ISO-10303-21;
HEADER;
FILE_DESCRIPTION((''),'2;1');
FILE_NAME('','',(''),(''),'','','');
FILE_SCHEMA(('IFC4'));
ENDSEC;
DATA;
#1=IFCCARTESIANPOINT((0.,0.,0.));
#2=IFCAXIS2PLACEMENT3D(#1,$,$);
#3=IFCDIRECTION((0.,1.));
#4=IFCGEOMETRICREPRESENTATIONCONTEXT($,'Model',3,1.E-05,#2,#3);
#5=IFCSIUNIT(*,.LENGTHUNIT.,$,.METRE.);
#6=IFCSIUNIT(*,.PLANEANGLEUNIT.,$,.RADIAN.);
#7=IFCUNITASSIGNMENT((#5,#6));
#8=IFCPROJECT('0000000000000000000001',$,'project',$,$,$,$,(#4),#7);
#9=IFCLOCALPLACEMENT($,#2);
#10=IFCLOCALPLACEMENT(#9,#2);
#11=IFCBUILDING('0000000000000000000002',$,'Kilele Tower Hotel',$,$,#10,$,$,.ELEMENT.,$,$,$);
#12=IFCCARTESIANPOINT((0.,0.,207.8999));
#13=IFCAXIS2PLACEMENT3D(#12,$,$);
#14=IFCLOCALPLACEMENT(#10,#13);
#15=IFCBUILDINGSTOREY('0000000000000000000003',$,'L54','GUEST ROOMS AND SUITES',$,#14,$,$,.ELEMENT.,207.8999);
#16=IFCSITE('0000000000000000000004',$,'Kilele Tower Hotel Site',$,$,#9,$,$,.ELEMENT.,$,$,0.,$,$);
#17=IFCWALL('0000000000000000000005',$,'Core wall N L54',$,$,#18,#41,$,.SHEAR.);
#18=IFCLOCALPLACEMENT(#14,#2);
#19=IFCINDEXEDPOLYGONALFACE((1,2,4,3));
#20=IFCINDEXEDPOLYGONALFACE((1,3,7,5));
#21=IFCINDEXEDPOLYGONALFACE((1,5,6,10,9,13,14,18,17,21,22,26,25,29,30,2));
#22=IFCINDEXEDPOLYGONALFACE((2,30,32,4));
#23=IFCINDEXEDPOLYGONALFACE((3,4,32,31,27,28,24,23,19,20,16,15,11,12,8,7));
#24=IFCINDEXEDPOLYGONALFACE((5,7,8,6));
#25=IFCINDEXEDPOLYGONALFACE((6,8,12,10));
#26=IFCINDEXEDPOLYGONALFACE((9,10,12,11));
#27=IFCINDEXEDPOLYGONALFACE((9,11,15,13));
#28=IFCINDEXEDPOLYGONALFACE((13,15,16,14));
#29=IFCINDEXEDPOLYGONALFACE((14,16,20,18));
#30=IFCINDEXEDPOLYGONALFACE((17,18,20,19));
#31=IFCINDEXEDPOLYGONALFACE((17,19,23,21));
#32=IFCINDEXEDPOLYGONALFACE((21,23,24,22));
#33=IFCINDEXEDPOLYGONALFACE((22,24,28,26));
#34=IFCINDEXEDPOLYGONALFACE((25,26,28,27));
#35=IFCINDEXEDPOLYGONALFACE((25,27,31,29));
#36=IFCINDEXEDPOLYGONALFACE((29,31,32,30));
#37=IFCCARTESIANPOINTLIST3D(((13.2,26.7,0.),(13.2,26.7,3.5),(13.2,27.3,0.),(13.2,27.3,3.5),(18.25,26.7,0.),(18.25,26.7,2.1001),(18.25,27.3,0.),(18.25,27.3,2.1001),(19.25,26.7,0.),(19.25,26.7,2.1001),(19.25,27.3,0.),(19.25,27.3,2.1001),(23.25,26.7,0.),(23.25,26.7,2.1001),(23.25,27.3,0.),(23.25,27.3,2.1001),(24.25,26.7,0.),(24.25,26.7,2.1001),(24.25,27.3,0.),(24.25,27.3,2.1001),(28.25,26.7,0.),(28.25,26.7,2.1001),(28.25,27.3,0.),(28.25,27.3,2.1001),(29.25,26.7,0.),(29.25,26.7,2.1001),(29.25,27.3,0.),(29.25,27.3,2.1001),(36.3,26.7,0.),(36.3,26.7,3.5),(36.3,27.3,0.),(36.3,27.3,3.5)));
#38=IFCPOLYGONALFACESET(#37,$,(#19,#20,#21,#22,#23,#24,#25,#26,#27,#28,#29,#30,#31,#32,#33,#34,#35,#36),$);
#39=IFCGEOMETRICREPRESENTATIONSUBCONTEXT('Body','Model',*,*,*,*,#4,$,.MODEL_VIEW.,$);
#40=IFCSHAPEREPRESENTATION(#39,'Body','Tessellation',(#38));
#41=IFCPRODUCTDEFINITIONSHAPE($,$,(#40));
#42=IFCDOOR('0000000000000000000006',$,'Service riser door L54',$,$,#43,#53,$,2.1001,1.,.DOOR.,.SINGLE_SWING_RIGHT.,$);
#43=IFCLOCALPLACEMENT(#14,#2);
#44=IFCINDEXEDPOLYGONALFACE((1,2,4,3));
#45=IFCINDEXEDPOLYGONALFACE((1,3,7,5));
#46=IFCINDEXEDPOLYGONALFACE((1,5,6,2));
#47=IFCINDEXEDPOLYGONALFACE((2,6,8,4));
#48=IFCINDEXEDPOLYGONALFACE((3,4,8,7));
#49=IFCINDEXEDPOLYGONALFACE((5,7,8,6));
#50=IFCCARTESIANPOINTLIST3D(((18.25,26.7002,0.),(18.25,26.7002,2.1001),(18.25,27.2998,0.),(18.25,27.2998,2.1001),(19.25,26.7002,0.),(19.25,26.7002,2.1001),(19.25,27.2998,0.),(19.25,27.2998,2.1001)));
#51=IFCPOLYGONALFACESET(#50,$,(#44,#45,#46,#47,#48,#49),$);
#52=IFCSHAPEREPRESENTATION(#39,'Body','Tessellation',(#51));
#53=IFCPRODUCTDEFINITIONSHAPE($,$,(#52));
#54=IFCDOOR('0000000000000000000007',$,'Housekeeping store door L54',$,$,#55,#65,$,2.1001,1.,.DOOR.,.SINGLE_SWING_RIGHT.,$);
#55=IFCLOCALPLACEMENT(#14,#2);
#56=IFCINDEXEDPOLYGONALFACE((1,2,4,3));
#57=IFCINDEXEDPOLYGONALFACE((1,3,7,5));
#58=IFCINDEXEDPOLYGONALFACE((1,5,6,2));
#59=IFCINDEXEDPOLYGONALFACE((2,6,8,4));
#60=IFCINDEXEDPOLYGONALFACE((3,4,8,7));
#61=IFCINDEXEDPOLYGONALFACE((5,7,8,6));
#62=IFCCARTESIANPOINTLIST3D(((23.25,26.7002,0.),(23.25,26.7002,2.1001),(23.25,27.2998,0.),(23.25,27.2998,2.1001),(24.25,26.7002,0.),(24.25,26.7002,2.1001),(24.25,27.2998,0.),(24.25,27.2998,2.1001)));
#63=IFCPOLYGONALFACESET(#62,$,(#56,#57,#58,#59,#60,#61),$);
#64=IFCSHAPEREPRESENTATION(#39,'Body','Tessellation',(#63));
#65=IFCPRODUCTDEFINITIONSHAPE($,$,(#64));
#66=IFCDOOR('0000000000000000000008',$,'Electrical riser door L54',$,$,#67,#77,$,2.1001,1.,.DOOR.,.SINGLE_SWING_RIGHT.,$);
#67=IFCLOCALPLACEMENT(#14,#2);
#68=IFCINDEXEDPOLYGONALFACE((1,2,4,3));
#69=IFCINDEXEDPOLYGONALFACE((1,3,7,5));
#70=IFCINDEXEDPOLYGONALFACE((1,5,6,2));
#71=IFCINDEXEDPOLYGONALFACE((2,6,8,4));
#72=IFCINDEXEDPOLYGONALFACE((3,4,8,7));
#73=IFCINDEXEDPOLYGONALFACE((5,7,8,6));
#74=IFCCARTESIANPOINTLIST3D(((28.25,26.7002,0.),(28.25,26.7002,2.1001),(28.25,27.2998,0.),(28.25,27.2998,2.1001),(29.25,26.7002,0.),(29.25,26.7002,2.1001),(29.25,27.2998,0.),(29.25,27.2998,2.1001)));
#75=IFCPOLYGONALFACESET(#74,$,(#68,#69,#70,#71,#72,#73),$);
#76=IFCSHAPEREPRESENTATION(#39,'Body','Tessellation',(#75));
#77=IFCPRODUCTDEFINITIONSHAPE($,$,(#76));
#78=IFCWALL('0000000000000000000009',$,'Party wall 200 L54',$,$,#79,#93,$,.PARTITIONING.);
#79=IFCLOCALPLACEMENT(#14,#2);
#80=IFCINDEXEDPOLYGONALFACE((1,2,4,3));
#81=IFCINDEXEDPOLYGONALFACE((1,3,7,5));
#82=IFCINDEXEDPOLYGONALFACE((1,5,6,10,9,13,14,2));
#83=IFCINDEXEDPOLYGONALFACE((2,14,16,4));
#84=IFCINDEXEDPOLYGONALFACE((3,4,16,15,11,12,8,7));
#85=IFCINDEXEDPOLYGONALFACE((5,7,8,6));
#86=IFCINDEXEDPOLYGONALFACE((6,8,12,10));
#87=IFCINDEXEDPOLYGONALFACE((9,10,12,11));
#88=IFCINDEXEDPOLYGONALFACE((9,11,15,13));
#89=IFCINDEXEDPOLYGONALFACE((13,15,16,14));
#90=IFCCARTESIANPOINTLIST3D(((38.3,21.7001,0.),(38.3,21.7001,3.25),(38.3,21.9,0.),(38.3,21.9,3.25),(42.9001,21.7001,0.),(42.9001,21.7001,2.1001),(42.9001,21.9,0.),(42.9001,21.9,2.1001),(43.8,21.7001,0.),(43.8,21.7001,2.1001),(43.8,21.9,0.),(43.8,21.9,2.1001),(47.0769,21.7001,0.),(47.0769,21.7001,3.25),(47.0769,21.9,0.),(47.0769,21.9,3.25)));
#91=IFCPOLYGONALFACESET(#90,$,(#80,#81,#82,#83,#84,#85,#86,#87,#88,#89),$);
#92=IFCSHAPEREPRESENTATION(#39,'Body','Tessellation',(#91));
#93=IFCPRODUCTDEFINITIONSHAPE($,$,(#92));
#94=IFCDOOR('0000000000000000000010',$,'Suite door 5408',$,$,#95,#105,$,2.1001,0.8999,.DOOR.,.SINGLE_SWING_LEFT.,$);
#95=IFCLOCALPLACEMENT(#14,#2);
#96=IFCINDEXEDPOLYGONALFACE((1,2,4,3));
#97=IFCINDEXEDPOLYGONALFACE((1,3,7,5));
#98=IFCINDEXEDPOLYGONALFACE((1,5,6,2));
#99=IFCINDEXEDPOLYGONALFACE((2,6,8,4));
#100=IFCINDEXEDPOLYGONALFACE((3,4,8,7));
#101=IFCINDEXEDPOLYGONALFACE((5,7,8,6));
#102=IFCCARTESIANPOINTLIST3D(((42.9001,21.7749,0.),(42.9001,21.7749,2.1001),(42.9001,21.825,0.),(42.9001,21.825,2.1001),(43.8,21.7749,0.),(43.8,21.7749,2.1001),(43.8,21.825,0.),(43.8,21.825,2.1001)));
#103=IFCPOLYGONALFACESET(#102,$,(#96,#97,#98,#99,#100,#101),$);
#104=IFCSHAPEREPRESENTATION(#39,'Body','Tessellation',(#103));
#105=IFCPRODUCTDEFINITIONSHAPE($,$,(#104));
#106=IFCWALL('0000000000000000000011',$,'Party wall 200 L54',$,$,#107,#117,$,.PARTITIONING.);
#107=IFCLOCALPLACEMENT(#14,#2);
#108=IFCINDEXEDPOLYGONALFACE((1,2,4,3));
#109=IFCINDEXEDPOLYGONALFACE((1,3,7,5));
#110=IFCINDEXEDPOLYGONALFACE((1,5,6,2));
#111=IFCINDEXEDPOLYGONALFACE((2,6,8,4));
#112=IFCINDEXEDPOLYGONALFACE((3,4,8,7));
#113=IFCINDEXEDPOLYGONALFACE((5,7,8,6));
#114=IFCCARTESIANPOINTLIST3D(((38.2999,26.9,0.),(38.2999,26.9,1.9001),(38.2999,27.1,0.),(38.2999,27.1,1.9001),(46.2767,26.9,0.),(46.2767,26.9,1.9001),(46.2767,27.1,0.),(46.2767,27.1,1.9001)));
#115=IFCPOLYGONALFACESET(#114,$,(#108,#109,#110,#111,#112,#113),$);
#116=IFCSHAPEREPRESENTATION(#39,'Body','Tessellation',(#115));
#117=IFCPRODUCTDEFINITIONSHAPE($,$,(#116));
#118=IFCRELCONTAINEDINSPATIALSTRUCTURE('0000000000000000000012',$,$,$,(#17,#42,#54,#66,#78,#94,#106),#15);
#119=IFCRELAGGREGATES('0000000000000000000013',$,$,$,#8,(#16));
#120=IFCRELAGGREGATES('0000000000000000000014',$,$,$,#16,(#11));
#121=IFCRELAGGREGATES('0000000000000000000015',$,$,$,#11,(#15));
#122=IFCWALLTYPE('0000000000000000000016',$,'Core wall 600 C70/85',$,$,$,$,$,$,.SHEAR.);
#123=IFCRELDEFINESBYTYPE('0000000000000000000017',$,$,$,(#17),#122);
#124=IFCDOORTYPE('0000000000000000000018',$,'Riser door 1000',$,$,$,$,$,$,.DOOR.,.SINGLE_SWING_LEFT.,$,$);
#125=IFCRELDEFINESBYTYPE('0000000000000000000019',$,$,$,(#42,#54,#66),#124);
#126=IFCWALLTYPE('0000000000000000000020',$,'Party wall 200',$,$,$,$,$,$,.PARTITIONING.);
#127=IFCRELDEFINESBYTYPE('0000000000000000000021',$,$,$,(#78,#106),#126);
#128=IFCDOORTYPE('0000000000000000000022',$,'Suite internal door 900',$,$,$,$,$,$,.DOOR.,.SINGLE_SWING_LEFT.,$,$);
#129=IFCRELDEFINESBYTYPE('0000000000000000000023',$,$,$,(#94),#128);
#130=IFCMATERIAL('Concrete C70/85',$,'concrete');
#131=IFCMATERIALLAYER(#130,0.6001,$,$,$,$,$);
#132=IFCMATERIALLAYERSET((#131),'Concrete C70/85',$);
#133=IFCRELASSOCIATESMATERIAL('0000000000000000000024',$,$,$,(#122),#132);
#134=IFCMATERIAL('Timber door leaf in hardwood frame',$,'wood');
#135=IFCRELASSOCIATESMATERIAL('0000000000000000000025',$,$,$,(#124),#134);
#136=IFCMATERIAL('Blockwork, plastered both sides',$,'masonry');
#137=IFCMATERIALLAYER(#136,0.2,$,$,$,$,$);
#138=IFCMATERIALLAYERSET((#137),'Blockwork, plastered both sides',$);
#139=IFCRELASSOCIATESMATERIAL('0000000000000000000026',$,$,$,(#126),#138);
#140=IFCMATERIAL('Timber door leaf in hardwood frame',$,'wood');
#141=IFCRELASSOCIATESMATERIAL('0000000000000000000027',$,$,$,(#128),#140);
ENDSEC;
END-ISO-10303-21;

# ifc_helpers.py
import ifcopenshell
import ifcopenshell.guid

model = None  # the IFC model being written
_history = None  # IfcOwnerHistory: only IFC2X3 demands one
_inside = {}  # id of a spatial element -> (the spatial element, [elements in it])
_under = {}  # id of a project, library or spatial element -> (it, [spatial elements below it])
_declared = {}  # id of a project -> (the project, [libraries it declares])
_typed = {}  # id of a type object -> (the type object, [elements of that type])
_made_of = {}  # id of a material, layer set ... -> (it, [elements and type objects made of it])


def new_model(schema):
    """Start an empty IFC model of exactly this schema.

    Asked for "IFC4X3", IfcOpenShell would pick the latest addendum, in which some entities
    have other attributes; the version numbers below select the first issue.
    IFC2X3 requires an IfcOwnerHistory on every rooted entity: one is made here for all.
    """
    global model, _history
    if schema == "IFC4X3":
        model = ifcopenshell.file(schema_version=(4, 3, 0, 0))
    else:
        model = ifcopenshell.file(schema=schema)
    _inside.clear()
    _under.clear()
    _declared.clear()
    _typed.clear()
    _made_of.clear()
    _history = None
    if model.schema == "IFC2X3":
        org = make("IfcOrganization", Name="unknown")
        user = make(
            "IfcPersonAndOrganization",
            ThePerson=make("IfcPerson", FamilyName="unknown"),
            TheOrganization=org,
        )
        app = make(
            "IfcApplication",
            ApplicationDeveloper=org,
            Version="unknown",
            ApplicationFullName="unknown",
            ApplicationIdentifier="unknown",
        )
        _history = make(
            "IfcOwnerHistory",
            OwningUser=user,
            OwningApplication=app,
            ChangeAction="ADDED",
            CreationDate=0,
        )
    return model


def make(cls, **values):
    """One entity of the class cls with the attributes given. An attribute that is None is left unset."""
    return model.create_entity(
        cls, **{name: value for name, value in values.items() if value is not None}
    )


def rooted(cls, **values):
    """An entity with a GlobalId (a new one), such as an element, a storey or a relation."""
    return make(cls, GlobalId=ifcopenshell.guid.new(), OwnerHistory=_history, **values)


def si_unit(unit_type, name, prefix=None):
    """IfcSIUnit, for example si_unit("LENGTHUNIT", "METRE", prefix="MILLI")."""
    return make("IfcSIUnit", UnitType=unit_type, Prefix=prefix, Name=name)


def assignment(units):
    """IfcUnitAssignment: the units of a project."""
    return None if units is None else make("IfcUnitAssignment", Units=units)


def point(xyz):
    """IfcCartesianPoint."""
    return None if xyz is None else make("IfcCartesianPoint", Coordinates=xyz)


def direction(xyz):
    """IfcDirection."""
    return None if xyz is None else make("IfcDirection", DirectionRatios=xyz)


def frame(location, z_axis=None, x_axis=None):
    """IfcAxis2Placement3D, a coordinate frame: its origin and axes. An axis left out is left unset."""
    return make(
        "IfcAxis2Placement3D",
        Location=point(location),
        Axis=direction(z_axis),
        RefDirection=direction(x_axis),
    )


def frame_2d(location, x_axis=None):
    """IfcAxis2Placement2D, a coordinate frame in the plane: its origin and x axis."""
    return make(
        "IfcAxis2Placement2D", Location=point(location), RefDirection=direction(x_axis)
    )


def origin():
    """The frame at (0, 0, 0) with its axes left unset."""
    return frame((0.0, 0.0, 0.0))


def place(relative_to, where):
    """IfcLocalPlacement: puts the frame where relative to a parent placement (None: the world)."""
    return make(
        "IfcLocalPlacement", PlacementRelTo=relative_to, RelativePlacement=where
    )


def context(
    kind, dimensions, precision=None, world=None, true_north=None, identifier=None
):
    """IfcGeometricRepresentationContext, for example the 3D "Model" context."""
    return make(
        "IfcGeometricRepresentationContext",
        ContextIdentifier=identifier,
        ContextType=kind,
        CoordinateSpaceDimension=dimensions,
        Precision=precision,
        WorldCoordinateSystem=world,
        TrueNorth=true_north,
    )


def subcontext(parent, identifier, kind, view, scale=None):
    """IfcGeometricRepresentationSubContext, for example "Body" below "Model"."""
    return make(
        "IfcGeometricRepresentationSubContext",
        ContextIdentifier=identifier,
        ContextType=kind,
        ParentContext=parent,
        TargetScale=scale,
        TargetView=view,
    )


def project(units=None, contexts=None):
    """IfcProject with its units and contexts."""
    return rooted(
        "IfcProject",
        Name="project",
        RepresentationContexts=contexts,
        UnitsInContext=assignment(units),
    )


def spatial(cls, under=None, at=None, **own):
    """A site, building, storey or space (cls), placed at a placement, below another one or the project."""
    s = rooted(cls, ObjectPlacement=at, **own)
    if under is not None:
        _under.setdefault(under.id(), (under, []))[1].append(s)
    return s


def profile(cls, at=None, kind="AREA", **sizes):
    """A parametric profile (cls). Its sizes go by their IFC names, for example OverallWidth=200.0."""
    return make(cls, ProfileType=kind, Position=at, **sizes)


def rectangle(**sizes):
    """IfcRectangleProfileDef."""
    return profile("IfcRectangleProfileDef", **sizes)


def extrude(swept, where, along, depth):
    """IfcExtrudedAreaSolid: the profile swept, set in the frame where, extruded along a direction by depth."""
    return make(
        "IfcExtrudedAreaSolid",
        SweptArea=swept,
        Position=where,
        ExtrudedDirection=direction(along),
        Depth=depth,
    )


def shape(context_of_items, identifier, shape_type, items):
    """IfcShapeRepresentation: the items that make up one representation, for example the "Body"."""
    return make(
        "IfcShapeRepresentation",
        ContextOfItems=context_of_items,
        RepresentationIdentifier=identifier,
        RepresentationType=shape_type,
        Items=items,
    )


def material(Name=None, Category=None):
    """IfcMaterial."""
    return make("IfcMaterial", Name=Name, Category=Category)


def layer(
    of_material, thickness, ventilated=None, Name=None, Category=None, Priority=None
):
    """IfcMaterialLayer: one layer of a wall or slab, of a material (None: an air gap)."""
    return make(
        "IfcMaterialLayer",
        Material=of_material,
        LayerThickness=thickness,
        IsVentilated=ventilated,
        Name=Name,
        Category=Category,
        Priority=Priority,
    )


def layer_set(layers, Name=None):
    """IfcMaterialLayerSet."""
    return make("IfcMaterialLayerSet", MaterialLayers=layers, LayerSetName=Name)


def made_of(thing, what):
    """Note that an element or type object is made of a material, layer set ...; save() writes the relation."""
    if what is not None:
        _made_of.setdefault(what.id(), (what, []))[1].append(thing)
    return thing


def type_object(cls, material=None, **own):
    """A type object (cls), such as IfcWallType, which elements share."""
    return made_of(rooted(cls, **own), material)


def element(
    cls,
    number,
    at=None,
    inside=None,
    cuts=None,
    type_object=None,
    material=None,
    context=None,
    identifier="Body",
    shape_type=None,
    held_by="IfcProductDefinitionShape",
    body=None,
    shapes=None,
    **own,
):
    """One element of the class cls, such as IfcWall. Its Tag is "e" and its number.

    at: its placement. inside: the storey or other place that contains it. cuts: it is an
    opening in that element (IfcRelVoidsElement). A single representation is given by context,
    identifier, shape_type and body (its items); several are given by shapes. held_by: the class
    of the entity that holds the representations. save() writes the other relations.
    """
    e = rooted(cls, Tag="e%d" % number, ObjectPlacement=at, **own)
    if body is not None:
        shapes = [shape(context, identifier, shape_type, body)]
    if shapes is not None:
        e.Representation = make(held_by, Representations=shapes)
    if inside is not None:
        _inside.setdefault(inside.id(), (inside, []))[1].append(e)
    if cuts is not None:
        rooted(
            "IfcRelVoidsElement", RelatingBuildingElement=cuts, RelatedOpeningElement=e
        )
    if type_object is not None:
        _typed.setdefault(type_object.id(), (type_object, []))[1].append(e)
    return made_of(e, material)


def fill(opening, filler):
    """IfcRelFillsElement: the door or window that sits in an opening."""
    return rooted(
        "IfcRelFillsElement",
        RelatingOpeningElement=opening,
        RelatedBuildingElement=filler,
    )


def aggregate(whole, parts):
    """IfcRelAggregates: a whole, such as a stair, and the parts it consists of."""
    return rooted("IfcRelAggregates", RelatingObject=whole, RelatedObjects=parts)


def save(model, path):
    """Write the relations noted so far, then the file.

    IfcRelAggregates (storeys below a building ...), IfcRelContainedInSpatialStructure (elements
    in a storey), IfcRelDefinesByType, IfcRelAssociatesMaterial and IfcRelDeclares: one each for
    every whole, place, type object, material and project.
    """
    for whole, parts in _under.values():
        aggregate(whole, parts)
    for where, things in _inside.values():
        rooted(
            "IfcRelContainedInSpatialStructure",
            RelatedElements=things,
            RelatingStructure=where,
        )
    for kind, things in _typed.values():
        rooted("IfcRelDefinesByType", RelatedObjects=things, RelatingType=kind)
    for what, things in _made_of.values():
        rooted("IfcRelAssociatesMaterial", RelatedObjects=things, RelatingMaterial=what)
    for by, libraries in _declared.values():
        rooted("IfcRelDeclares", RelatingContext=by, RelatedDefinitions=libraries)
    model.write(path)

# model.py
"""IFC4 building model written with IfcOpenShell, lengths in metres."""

from ifc_helpers import new_model, si_unit, direction, frame, frame_2d, origin, place, context, subcontext, project, spatial, rectangle, extrude, material, layer, layer_set, type_object, element, fill, save


model = new_model("IFC4")

# Units and contexts
model_context = context("Model", 3, precision=1e-05, world=origin(), true_north=direction((0.0, 1.0)))
body_context = subcontext(model_context, "Body", "Model", "MODEL_VIEW")
ifc_project = project(units=[si_unit("LENGTHUNIT", "METRE"), si_unit("PLANEANGLEUNIT", "RADIAN")], contexts=[model_context])

# Site, building, storey
site_placement = place(None, origin())
site = spatial("IfcSite", under=ifc_project, at=site_placement, Name="Kilele Tower Hotel Site", CompositionType="ELEMENT", RefElevation=0.0)
building_placement = place(site_placement, origin())
building = spatial("IfcBuilding", under=site, at=building_placement, Name="Kilele Tower Hotel", CompositionType="ELEMENT")
storey_placement = place(building_placement, frame((0.0, 0.0, 207.8999)))
storey = spatial("IfcBuildingStorey", under=building, at=storey_placement, Name="L54", Description="GUEST ROOMS AND SUITES", CompositionType="ELEMENT", Elevation=207.8999)

# Wall, openings, doors
ifc_material_1 = material(Name="Concrete C70/85", Category="concrete")
ifc_layer_1 = layer(ifc_material_1, 0.6001)
ifc_layer_set_1 = layer_set([ifc_layer_1], Name="Concrete C70/85")
wall_type_1 = type_object("IfcWallType", Name="Core wall 600 C70/85", PredefinedType="SHEAR", material=ifc_layer_set_1)
wall_1_placement = place(storey_placement, frame((36.3, 27.0, 0.0), z_axis=(0.0, 0.0, 1.0), x_axis=(-1.0, 0.0, 0.0)))
wall_1 = element("IfcWall", 1, at=wall_1_placement, inside=storey, type_object=wall_type_1, Name="Core wall N L54", PredefinedType="SHEAR", context=body_context, shape_type="SweptSolid", body=[
    extrude(rectangle(XDim=23.1001, YDim=0.6001, at=frame_2d((11.55, 0.0))), origin(), (0.0, 0.0, 1.0), 3.5),
])
opening_1_placement = place(wall_1_placement, frame((17.05, 0.0, 0.0)))
opening_1 = element("IfcOpeningElement", 2, at=opening_1_placement, cuts=wall_1, PredefinedType="OPENING", context=body_context, shape_type="SweptSolid", body=[
    extrude(rectangle(XDim=1.0, YDim=2.1001, at=frame_2d((0.5, 1.05))), frame((0.0, 0.3101, 0.0), z_axis=(0.0, -1.0, 0.0), x_axis=(1.0, 0.0, 0.0)), (0.0, 0.0, 1.0), 0.6201),
])
opening_2_placement = place(wall_1_placement, frame((12.05, 0.0, 0.0)))
opening_2 = element("IfcOpeningElement", 3, at=opening_2_placement, cuts=wall_1, PredefinedType="OPENING", context=body_context, shape_type="SweptSolid", body=[
    extrude(rectangle(XDim=1.0, YDim=2.1001, at=frame_2d((0.5, 1.05))), frame((0.0, 0.3101, 0.0), z_axis=(0.0, -1.0, 0.0), x_axis=(1.0, 0.0, 0.0)), (0.0, 0.0, 1.0), 0.6201),
])
opening_3_placement = place(wall_1_placement, frame((7.05, 0.0, 0.0)))
opening_3 = element("IfcOpeningElement", 4, at=opening_3_placement, cuts=wall_1, PredefinedType="OPENING", context=body_context, shape_type="SweptSolid", body=[
    extrude(rectangle(XDim=1.0, YDim=2.1001, at=frame_2d((0.5, 1.05))), frame((0.0, 0.3101, 0.0), z_axis=(0.0, -1.0, 0.0), x_axis=(1.0, 0.0, 0.0)), (0.0, 0.0, 1.0), 0.6201),
])
ifc_material_2 = material(Name="Timber door leaf in hardwood frame", Category="wood")
door_type_1 = type_object("IfcDoorType", Name="Riser door 1000", OperationType="SINGLE_SWING_LEFT", PredefinedType="DOOR", material=ifc_material_2)
door_1_placement = place(opening_1_placement, origin())
door_1 = element("IfcDoor", 5, at=door_1_placement, inside=storey, type_object=door_type_1, Name="Service riser door L54", OperationType="SINGLE_SWING_RIGHT", OverallHeight=2.1001, OverallWidth=1.0, PredefinedType="DOOR", context=body_context, shape_type="SweptSolid", body=[
    extrude(rectangle(XDim=1.0, YDim=2.1001, at=frame_2d((0.5, 1.05))), frame((0.0, 0.2998, 0.0), z_axis=(0.0, -1.0, 0.0), x_axis=(1.0, 0.0, 0.0)), (0.0, 0.0, 1.0), 0.5996),
])
fill(opening_1, door_1)
door_2_placement = place(opening_2_placement, origin())
door_2 = element("IfcDoor", 6, at=door_2_placement, inside=storey, type_object=door_type_1, Name="Housekeeping store door L54", OperationType="SINGLE_SWING_RIGHT", OverallHeight=2.1001, OverallWidth=1.0, PredefinedType="DOOR", context=body_context, shape_type="SweptSolid", body=[
    extrude(rectangle(XDim=1.0, YDim=2.1001, at=frame_2d((0.5, 1.05))), frame((0.0, 0.2998, 0.0), z_axis=(0.0, -1.0, 0.0), x_axis=(1.0, 0.0, 0.0)), (0.0, 0.0, 1.0), 0.5996),
])
fill(opening_2, door_2)
door_3_placement = place(opening_3_placement, origin())
door_3 = element("IfcDoor", 7, at=door_3_placement, inside=storey, type_object=door_type_1, Name="Electrical riser door L54", OperationType="SINGLE_SWING_RIGHT", OverallHeight=2.1001, OverallWidth=1.0, PredefinedType="DOOR", context=body_context, shape_type="SweptSolid", body=[
    extrude(rectangle(XDim=1.0, YDim=2.1001, at=frame_2d((0.5, 1.05))), frame((0.0, 0.2998, 0.0), z_axis=(0.0, -1.0, 0.0), x_axis=(1.0, 0.0, 0.0)), (0.0, 0.0, 1.0), 0.5996),
])
fill(opening_3, door_3)

# Wall, opening, door
ifc_material_3 = material(Name="Blockwork, plastered both sides", Category="masonry")
ifc_layer_2 = layer(ifc_material_3, 0.2)
ifc_layer_set_2 = layer_set([ifc_layer_2], Name="Blockwork, plastered both sides")
wall_type_2 = type_object("IfcWallType", Name="Party wall 200", PredefinedType="PARTITIONING", material=ifc_layer_set_2)
wall_2_placement = place(storey_placement, frame((38.3, 21.8, 0.0), z_axis=(0.0, 0.0, 1.0), x_axis=(1.0, 0.0, 0.0)))
wall_2 = element("IfcWall", 8, at=wall_2_placement, inside=storey, type_object=wall_type_2, Name="Party wall 200 L54", PredefinedType="PARTITIONING", context=body_context, shape_type="SweptSolid", body=[
    extrude(rectangle(XDim=8.7769, YDim=0.2, at=frame_2d((4.3884, 0.0))), origin(), (0.0, 0.0, 1.0), 3.25),
])
opening_4_placement = place(wall_2_placement, frame((4.6001, 0.0, 0.0)))
opening_4 = element("IfcOpeningElement", 9, at=opening_4_placement, cuts=wall_2, PredefinedType="OPENING", context=body_context, shape_type="SweptSolid", body=[
    extrude(rectangle(XDim=0.8999, YDim=2.1001, at=frame_2d((0.45, 1.05))), frame((0.0, 0.1099, 0.0), z_axis=(0.0, -1.0, 0.0), x_axis=(1.0, 0.0, 0.0)), (0.0, 0.0, 1.0), 0.22),
])
ifc_material_4 = material(Name="Timber door leaf in hardwood frame", Category="wood")
door_type_2 = type_object("IfcDoorType", Name="Suite internal door 900", OperationType="SINGLE_SWING_LEFT", PredefinedType="DOOR", material=ifc_material_4)
door_4_placement = place(opening_4_placement, origin())
door_4 = element("IfcDoor", 10, at=door_4_placement, inside=storey, type_object=door_type_2, Name="Suite door 5408", OperationType="SINGLE_SWING_LEFT", OverallHeight=2.1001, OverallWidth=0.8999, PredefinedType="DOOR", context=body_context, shape_type="SweptSolid", body=[
    extrude(rectangle(XDim=0.8999, YDim=2.1001, at=frame_2d((0.45, 1.05))), frame((0.0, 0.0249, 0.0), z_axis=(0.0, -1.0, 0.0), x_axis=(1.0, 0.0, 0.0)), (0.0, 0.0, 1.0), 0.05),
])
fill(opening_4, door_4)

# Wall
wall_3_placement = place(storey_placement, frame((38.3, 27.0, 0.0), z_axis=(0.0, 0.0, 1.0), x_axis=(1.0, 0.0, 0.0)))
element("IfcWall", 11, at=wall_3_placement, inside=storey, type_object=wall_type_2, Name="Party wall 200 L54", PredefinedType="PARTITIONING", context=body_context, shape_type="SweptSolid", body=[
    extrude(rectangle(XDim=7.9768, YDim=0.2, at=frame_2d((3.9883, 0.0))), origin(), (0.0, 0.0, 1.0), 1.9001),
])

save(model, "model.ifc")
